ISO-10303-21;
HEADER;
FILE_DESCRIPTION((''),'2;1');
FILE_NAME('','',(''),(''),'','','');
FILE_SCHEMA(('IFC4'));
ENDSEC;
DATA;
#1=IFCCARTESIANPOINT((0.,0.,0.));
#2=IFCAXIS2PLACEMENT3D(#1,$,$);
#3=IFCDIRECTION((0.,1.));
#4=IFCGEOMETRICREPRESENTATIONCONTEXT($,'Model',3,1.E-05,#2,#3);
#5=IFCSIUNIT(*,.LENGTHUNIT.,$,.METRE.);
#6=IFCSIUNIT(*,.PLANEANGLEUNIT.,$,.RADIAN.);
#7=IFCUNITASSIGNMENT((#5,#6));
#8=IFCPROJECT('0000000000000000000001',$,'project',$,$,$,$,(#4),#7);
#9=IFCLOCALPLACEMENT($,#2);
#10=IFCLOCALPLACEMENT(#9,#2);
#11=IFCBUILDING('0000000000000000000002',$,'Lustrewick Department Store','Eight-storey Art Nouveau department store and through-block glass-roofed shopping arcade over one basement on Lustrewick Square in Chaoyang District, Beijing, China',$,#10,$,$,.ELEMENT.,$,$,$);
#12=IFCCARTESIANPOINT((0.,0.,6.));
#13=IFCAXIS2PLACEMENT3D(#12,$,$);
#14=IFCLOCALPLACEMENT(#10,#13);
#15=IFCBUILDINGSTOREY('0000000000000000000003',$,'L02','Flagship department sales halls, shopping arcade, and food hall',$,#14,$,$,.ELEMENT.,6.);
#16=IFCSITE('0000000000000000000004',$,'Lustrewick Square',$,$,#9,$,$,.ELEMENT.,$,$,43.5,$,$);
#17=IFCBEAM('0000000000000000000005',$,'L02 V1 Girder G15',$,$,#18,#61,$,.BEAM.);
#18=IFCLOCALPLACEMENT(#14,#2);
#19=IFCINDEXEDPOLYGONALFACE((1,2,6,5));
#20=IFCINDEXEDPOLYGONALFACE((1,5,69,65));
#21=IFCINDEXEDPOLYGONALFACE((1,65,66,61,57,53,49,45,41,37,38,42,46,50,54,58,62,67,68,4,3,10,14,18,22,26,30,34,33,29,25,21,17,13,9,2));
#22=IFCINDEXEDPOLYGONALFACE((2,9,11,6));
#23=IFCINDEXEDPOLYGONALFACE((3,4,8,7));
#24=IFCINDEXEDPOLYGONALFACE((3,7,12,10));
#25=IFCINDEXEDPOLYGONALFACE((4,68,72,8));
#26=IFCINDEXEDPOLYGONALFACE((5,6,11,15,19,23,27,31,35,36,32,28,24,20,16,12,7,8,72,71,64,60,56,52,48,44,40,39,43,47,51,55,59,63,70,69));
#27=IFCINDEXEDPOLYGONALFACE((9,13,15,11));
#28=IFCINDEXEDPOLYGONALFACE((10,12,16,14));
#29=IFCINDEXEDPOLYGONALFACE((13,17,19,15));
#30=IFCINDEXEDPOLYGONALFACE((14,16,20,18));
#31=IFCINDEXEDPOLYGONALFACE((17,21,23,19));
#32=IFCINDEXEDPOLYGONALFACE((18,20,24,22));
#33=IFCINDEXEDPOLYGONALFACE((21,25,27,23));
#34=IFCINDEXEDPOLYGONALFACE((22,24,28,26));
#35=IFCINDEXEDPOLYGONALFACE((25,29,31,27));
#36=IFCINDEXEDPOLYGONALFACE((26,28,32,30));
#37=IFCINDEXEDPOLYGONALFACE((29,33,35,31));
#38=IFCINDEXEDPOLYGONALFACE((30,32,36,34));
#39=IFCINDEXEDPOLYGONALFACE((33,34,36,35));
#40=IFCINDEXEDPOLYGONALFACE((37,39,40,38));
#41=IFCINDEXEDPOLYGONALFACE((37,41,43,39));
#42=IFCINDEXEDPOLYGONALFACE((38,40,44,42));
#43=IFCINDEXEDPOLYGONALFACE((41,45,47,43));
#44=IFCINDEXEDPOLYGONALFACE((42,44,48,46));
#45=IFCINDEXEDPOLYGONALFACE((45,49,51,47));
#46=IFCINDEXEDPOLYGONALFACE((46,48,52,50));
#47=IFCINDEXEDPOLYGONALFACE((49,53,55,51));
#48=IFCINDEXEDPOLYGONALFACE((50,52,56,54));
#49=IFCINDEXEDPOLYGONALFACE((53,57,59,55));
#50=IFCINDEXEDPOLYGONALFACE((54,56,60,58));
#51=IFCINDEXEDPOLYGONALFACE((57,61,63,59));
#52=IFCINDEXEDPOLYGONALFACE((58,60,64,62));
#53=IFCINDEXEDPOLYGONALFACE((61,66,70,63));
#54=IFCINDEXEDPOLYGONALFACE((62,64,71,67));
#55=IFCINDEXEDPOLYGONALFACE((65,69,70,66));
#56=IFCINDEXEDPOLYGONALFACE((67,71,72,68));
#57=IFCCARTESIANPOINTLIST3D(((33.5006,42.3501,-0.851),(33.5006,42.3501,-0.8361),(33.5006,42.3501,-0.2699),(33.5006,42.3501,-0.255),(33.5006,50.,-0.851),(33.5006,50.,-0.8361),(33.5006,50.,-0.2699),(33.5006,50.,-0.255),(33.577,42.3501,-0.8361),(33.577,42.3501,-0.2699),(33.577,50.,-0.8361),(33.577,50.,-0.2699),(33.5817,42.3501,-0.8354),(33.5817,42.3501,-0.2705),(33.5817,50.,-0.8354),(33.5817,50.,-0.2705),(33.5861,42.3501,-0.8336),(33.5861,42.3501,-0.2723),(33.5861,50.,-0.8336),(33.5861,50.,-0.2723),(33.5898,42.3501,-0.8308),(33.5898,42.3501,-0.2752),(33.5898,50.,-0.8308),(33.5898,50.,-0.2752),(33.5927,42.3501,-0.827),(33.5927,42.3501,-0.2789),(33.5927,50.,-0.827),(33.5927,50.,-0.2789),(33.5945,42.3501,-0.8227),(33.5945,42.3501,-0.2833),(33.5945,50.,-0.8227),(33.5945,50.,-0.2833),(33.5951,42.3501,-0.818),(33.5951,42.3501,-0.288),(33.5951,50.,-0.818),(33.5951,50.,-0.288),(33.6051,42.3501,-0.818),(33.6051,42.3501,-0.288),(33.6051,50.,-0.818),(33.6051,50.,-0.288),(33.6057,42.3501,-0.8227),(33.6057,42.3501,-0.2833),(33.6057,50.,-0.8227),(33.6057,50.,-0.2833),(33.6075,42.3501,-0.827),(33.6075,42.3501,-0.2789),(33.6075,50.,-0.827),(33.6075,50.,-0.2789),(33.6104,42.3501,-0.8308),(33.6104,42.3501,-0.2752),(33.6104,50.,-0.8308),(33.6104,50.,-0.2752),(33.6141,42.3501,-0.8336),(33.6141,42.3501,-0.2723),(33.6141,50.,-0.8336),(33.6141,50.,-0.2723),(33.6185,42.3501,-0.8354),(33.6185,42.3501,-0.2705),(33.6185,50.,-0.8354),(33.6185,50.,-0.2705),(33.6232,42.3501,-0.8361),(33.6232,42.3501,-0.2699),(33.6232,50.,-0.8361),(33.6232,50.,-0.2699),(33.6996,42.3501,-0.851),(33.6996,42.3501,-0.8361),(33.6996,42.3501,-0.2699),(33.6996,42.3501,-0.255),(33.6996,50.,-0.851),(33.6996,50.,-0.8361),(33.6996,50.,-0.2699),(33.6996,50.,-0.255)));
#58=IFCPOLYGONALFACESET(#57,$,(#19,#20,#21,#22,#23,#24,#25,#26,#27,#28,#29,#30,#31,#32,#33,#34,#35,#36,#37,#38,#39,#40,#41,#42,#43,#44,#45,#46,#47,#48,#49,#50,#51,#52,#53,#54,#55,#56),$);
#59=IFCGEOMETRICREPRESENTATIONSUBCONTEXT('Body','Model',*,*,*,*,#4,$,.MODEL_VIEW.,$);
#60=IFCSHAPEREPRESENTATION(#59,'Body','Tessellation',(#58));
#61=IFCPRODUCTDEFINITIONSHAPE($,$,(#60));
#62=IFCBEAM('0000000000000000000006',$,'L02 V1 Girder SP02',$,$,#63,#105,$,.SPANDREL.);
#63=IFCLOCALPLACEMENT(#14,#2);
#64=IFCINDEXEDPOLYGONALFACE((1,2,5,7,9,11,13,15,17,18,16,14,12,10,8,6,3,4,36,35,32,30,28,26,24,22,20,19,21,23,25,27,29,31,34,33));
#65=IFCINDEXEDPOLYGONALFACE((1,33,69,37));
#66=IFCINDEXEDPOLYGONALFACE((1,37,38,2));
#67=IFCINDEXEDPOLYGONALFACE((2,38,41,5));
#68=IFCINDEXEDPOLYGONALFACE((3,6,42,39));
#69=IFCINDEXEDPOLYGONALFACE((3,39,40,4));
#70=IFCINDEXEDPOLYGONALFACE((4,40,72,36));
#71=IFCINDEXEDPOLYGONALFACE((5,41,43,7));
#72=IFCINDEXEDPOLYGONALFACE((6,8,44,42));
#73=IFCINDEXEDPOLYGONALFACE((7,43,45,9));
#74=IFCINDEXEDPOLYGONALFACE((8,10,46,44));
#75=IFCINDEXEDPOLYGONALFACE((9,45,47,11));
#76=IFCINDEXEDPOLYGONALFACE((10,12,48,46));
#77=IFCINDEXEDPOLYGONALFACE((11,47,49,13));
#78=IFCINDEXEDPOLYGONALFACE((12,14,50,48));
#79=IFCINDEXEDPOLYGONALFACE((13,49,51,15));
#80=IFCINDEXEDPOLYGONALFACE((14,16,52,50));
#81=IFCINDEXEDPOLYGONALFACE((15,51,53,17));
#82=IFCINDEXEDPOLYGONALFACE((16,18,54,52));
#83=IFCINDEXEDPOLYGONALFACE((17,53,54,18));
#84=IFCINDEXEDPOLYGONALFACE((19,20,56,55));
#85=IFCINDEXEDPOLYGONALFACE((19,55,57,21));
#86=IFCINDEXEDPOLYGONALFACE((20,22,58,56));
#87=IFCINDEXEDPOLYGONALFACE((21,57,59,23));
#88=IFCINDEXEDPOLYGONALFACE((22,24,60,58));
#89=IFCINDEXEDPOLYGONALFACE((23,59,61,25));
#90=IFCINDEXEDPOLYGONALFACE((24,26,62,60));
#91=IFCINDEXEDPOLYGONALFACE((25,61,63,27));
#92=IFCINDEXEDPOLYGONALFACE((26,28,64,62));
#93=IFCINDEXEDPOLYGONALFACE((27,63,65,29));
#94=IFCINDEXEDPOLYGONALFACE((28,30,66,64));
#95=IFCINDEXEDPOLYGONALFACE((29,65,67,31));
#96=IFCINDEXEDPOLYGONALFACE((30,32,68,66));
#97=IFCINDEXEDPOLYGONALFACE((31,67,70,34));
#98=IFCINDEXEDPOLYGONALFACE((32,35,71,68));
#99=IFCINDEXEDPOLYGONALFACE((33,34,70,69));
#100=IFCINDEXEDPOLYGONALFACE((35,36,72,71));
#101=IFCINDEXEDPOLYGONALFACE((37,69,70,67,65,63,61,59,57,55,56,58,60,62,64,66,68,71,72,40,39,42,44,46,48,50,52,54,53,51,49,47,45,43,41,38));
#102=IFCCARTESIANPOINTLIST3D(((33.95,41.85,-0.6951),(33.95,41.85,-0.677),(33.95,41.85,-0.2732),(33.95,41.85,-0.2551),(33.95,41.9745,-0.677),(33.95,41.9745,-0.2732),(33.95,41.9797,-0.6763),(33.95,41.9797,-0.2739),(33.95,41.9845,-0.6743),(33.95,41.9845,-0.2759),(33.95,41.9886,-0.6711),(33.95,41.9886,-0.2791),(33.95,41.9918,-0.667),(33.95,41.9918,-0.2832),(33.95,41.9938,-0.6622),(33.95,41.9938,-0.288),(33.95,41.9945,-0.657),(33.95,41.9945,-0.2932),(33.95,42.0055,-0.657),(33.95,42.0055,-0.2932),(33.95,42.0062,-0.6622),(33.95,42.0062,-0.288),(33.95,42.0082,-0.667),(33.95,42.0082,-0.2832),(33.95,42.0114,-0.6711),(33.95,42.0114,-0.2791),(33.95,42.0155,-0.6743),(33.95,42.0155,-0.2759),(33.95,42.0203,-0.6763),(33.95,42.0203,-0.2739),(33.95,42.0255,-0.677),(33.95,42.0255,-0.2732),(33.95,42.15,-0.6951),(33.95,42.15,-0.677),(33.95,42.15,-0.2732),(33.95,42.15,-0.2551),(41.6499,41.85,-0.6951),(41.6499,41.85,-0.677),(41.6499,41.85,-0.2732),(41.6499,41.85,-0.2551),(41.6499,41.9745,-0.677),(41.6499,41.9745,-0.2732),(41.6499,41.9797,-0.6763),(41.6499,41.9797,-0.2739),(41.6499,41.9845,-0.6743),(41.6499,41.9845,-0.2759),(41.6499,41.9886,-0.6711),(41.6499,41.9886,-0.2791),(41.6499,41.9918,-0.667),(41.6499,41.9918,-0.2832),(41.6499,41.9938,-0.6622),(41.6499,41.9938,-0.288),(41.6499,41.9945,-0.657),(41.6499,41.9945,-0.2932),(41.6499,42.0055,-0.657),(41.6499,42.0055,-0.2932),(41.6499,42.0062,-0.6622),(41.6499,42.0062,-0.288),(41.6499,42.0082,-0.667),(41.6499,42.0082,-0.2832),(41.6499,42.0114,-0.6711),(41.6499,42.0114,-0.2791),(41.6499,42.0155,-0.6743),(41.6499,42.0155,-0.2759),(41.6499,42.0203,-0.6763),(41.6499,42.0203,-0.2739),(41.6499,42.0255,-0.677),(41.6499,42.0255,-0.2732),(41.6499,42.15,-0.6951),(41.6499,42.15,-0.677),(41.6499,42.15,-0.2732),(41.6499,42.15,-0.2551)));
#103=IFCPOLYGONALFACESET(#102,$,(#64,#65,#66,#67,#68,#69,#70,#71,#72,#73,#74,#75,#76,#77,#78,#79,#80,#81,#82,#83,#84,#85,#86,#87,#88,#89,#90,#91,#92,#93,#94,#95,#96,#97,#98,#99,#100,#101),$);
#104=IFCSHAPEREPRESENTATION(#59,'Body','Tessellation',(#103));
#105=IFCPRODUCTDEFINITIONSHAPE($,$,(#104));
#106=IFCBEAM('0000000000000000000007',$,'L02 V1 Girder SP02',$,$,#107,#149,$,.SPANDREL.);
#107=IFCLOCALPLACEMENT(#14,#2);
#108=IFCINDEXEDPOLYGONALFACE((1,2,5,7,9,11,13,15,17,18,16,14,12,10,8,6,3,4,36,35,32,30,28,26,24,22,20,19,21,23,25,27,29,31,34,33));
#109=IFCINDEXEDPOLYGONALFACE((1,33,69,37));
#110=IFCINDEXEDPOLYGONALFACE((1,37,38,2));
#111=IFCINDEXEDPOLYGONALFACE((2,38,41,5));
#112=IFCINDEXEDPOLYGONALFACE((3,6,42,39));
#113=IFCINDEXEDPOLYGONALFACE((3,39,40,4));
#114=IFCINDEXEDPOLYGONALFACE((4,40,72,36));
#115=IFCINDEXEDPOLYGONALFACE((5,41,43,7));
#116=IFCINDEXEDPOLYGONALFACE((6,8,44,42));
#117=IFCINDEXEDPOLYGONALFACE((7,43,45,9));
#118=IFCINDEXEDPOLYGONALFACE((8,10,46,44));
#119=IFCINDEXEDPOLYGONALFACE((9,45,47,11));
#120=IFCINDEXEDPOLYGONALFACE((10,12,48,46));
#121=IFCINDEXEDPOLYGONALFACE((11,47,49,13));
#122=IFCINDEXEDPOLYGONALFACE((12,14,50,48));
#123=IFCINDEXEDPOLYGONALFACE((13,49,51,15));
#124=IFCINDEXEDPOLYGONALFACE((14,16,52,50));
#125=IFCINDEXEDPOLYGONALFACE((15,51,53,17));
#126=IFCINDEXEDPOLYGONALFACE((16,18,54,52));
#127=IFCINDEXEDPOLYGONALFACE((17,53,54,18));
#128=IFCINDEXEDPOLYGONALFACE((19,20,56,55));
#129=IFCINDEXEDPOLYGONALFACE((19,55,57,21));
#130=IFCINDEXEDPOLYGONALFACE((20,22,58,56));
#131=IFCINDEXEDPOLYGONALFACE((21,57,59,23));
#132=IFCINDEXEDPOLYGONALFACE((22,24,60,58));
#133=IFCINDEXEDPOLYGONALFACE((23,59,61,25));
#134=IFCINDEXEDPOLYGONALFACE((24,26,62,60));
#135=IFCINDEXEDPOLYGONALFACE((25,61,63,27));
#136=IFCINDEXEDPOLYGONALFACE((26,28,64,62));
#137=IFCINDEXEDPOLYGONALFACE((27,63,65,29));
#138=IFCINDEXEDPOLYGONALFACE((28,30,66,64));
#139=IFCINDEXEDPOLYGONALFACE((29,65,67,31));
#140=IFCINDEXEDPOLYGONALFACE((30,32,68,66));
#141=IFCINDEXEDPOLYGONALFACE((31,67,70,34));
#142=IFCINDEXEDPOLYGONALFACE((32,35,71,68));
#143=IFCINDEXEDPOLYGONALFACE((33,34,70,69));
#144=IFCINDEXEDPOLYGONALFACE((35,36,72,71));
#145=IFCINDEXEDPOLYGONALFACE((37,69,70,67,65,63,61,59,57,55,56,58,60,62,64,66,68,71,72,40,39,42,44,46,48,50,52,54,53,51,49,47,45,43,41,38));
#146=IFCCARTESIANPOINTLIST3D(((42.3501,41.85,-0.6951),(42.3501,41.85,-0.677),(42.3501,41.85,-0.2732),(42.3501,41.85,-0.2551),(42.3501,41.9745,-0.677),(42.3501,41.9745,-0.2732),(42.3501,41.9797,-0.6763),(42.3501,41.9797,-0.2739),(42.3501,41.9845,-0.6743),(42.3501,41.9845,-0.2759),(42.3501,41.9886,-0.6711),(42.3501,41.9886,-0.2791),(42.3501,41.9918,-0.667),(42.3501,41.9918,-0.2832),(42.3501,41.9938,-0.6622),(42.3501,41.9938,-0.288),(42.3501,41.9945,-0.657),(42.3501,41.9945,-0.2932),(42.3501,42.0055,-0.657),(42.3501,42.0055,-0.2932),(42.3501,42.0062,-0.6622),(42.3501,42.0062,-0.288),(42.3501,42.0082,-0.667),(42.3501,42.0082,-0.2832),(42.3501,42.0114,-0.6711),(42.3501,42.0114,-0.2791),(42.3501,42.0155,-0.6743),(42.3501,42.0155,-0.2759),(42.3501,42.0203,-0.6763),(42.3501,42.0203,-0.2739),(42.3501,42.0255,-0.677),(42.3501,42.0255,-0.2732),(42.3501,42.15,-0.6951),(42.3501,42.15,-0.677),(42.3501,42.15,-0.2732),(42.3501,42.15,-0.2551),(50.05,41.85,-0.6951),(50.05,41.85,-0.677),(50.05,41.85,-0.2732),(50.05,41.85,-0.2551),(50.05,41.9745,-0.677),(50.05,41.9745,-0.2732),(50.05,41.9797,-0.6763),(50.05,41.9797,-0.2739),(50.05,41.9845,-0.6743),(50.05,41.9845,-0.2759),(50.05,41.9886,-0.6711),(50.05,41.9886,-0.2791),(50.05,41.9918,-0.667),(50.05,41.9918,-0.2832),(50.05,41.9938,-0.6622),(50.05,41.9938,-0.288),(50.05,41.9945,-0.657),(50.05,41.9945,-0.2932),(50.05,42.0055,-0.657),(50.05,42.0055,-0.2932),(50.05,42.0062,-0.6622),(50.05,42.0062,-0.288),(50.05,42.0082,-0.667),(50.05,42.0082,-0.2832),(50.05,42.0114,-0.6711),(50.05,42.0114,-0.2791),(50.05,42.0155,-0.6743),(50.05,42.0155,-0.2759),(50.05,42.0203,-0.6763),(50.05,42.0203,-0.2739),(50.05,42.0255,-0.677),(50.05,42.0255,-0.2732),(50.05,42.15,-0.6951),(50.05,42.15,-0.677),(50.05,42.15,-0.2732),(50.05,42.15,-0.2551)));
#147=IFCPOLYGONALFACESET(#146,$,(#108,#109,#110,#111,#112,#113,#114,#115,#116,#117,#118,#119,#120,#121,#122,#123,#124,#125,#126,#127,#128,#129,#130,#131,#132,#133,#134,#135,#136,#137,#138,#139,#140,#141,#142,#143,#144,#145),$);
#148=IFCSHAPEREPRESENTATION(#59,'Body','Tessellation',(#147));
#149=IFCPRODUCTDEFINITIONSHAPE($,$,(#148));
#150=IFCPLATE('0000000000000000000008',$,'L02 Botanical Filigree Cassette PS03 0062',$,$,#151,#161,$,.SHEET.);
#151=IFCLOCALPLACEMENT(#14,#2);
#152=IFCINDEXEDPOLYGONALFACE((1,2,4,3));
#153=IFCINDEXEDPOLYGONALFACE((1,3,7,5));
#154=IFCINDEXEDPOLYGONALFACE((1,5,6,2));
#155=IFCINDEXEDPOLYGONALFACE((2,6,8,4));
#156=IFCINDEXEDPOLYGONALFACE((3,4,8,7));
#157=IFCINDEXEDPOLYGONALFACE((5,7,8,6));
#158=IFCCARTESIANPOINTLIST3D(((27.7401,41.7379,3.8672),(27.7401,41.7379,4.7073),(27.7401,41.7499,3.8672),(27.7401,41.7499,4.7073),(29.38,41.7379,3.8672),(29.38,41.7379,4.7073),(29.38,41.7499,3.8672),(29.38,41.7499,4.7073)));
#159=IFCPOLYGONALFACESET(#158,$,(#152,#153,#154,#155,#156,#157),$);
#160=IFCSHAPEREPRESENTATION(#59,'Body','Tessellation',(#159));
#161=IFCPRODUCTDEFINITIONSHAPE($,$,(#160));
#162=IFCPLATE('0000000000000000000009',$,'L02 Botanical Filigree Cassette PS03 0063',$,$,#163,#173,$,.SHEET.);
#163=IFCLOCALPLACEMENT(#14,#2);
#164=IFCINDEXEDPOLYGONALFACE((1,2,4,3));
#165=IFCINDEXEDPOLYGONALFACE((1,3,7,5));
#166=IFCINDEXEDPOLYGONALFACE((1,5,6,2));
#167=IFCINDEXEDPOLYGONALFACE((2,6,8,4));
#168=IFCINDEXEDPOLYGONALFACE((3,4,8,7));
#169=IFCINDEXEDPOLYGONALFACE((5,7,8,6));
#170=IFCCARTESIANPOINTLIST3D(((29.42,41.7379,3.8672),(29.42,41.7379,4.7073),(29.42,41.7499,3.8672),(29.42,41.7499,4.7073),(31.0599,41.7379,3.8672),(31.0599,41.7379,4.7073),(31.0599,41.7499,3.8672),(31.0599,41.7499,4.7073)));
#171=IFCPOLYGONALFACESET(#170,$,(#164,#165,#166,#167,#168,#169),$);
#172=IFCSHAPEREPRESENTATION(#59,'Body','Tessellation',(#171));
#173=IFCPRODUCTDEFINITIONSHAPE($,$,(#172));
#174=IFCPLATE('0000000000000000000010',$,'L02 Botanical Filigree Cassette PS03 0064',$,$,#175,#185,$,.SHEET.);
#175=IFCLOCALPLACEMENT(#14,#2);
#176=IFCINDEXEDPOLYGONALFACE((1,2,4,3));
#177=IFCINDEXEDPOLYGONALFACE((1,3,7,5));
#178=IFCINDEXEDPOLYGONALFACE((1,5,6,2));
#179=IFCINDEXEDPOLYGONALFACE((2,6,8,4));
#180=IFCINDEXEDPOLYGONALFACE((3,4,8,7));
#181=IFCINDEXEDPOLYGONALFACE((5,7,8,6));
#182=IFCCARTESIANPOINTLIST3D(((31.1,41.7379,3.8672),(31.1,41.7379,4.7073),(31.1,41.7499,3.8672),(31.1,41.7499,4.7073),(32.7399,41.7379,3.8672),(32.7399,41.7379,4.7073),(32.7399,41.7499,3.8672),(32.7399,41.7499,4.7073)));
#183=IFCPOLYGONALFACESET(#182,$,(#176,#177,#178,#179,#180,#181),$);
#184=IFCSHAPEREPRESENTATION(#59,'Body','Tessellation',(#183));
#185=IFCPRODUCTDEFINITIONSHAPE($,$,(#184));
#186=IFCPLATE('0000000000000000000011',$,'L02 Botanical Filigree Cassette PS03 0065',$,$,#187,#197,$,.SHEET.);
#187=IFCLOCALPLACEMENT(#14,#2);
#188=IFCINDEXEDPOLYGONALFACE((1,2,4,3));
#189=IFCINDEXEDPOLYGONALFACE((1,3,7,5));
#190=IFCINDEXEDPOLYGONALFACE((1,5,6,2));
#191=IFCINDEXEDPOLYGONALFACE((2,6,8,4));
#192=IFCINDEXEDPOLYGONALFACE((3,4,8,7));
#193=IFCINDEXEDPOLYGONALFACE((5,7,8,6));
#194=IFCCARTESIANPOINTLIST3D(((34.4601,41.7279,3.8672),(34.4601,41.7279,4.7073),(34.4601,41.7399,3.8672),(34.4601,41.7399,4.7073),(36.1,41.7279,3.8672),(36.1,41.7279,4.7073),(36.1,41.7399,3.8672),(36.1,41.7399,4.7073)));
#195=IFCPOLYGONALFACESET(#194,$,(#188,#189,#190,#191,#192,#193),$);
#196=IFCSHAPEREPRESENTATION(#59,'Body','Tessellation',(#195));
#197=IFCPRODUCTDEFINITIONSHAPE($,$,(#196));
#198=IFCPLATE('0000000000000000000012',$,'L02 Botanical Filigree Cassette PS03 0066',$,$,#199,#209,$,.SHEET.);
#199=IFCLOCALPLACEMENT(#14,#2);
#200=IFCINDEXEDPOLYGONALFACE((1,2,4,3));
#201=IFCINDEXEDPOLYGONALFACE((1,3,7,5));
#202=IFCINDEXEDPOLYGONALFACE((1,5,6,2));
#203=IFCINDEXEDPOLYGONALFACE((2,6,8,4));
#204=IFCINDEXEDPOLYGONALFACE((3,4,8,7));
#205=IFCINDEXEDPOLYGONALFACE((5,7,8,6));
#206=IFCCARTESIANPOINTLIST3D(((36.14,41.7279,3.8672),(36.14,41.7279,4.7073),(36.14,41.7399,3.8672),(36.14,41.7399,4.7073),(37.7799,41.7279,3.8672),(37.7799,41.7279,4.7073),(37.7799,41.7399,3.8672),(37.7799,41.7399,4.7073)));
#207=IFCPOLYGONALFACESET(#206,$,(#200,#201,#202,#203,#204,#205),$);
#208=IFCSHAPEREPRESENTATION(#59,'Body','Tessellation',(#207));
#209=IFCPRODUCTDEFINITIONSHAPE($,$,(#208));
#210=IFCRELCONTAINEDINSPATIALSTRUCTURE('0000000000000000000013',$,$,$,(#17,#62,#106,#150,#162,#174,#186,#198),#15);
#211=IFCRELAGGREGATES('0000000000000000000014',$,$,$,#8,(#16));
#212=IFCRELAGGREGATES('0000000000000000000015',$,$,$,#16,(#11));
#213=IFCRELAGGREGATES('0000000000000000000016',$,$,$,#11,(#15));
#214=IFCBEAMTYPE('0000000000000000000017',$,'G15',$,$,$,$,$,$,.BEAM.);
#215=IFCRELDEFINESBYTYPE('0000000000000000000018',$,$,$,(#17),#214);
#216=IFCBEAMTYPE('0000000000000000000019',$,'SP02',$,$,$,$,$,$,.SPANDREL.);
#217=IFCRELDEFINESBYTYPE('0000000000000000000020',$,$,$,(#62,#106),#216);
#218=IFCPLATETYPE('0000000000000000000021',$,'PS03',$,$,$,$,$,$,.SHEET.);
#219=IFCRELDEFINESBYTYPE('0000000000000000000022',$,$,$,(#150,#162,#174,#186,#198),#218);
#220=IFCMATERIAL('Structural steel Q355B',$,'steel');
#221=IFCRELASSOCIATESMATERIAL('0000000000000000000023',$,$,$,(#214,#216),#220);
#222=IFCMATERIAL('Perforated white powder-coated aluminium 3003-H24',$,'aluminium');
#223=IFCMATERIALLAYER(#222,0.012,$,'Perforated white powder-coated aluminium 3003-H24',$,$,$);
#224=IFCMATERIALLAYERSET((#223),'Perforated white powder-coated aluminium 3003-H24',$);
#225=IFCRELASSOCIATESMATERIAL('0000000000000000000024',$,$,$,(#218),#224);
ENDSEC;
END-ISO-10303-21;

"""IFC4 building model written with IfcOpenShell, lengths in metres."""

from ifc_helpers import new_model, si_unit, direction, frame, origin, origin_2d, place, context, subcontext, project, spatial, rectangle, i_section, extrude, material, layer, layer_set, material_profile, profile_set, type_object, element, save


model = new_model("IFC4")

# Units and contexts
model_context = context("Model", 3, precision=1e-05, world=origin(), true_north=direction((0.0, 1.0)))
body_context = subcontext(model_context, "Body", "Model", "MODEL_VIEW")
ifc_project = project(units=[si_unit("LENGTHUNIT", "METRE"), si_unit("PLANEANGLEUNIT", "RADIAN")], contexts=[model_context])

# Site, building, storey
site_placement = place(None, origin())
site = spatial("IfcSite", under=ifc_project, at=site_placement, Name="Lustrewick Square", CompositionType="ELEMENT", RefElevation=43.5)
building_placement = place(site_placement, origin())
building = spatial("IfcBuilding", under=site, at=building_placement, Name="Lustrewick Department Store", Description="Eight-storey Art Nouveau department store and through-block glass-roofed shopping arcade over one basement on Lustrewick Square in Chaoyang District, Beijing, China", CompositionType="ELEMENT")
storey_placement = place(building_placement, frame((0.0, 0.0, 6.0)))
storey = spatial("IfcBuildingStorey", under=building, at=storey_placement, Name="L02", Description="Flagship department sales halls, shopping arcade, and food hall", CompositionType="ELEMENT", Elevation=6.0)

# Beams
ifc_material_1 = material(Name="Structural steel Q355B", Category="steel")
ifc_material_profile_1 = material_profile(ifc_material_1, i_section(OverallWidth=0.199, OverallDepth=0.5959, WebThickness=0.01, FlangeThickness=0.0149, FilletRadius=0.0181, at=origin_2d()), Name="HN 596x199x10x15")
ifc_profile_set_1 = profile_set([ifc_material_profile_1], Name="Structural steel Q355B")
beam_type_1 = type_object("IfcBeamType", Name="G15", PredefinedType="BEAM", material=ifc_profile_set_1)
beam_1_placement = place(storey_placement, frame((33.6001, 42.3501, -0.553), z_axis=(0.0, 1.0, 0.0), x_axis=(-1.0, 0.0, 0.0)))
element("IfcBeam", 1, at=beam_1_placement, inside=storey, type_object=beam_type_1, Name="L02 V1 Girder G15", PredefinedType="BEAM", context=body_context, shape_type="SweptSolid", body=[
    extrude(i_section(OverallWidth=0.199, OverallDepth=0.5959, WebThickness=0.01, FlangeThickness=0.0149, FilletRadius=0.0181, at=origin_2d()), origin(), (0.0, 0.0, 1.0), 7.6499),
])
ifc_material_profile_2 = material_profile(ifc_material_1, i_section(OverallWidth=0.3, OverallDepth=0.4399, WebThickness=0.011, FlangeThickness=0.0181, FilletRadius=0.02, at=origin_2d()), Name="HM 440x300x11x18")
ifc_profile_set_2 = profile_set([ifc_material_profile_2], Name="Structural steel Q355B")
beam_type_2 = type_object("IfcBeamType", Name="SP02", PredefinedType="SPANDREL", material=ifc_profile_set_2)
for number, where, z_axis, x_axis, name in (
    (2, (33.95, 42.0, -0.4751), (1.0, 0.0, 0.0), (0.0, 1.0, 0.0), "L02 V1 Girder SP02"),
    (3, (42.3501, 42.0, -0.4751), (1.0, 0.0, 0.0), (0.0, 1.0, 0.0), "L02 V1 Girder SP02"),
):
    element("IfcBeam", number, at=place(storey_placement, frame(where, z_axis=z_axis, x_axis=x_axis)), inside=storey, type_object=beam_type_2, Name=name, PredefinedType="SPANDREL", context=body_context, shape_type="SweptSolid", body=[
        extrude(i_section(OverallWidth=0.3, OverallDepth=0.4399, WebThickness=0.011, FlangeThickness=0.0181, FilletRadius=0.02, at=origin_2d()), origin(), (0.0, 0.0, 1.0), 7.7),
    ])

# Plates
ifc_material_2 = material(Name="Perforated white powder-coated aluminium 3003-H24", Category="aluminium")
ifc_layer_1 = layer(ifc_material_2, 0.012, Name="Perforated white powder-coated aluminium 3003-H24")
ifc_layer_set_1 = layer_set([ifc_layer_1], Name="Perforated white powder-coated aluminium 3003-H24")
plate_type = type_object("IfcPlateType", Name="PS03", PredefinedType="SHEET", material=ifc_layer_set_1)
for number, where, z_axis, x_axis, name in (
    (4, (28.5601, 41.7439, 3.8672), (0.0, 0.0, 1.0), (1.0, 0.0, 0.0), "L02 Botanical Filigree Cassette PS03 0062"),
    (5, (30.24, 41.7439, 3.8672), (0.0, 0.0, 1.0), (1.0, 0.0, 0.0), "L02 Botanical Filigree Cassette PS03 0063"),
    (6, (31.9199, 41.7439, 3.8672), (0.0, 0.0, 1.0), (1.0, 0.0, 0.0), "L02 Botanical Filigree Cassette PS03 0064"),
    (7, (35.28, 41.7339, 3.8672), (0.0, 0.0, 1.0), (1.0, 0.0, 0.0), "L02 Botanical Filigree Cassette PS03 0065"),
    (8, (36.96, 41.7339, 3.8672), (0.0, 0.0, 1.0), (1.0, 0.0, 0.0), "L02 Botanical Filigree Cassette PS03 0066"),
):
    element("IfcPlate", number, at=place(storey_placement, frame(where, z_axis=z_axis, x_axis=x_axis)), inside=storey, type_object=plate_type, Name=name, PredefinedType="SHEET", context=body_context, shape_type="SweptSolid", body=[
        extrude(rectangle(XDim=1.6399, YDim=0.012, at=origin_2d()), origin(), (0.0, 0.0, 1.0), 0.8401),
    ])

save(model, "model.ifc")
